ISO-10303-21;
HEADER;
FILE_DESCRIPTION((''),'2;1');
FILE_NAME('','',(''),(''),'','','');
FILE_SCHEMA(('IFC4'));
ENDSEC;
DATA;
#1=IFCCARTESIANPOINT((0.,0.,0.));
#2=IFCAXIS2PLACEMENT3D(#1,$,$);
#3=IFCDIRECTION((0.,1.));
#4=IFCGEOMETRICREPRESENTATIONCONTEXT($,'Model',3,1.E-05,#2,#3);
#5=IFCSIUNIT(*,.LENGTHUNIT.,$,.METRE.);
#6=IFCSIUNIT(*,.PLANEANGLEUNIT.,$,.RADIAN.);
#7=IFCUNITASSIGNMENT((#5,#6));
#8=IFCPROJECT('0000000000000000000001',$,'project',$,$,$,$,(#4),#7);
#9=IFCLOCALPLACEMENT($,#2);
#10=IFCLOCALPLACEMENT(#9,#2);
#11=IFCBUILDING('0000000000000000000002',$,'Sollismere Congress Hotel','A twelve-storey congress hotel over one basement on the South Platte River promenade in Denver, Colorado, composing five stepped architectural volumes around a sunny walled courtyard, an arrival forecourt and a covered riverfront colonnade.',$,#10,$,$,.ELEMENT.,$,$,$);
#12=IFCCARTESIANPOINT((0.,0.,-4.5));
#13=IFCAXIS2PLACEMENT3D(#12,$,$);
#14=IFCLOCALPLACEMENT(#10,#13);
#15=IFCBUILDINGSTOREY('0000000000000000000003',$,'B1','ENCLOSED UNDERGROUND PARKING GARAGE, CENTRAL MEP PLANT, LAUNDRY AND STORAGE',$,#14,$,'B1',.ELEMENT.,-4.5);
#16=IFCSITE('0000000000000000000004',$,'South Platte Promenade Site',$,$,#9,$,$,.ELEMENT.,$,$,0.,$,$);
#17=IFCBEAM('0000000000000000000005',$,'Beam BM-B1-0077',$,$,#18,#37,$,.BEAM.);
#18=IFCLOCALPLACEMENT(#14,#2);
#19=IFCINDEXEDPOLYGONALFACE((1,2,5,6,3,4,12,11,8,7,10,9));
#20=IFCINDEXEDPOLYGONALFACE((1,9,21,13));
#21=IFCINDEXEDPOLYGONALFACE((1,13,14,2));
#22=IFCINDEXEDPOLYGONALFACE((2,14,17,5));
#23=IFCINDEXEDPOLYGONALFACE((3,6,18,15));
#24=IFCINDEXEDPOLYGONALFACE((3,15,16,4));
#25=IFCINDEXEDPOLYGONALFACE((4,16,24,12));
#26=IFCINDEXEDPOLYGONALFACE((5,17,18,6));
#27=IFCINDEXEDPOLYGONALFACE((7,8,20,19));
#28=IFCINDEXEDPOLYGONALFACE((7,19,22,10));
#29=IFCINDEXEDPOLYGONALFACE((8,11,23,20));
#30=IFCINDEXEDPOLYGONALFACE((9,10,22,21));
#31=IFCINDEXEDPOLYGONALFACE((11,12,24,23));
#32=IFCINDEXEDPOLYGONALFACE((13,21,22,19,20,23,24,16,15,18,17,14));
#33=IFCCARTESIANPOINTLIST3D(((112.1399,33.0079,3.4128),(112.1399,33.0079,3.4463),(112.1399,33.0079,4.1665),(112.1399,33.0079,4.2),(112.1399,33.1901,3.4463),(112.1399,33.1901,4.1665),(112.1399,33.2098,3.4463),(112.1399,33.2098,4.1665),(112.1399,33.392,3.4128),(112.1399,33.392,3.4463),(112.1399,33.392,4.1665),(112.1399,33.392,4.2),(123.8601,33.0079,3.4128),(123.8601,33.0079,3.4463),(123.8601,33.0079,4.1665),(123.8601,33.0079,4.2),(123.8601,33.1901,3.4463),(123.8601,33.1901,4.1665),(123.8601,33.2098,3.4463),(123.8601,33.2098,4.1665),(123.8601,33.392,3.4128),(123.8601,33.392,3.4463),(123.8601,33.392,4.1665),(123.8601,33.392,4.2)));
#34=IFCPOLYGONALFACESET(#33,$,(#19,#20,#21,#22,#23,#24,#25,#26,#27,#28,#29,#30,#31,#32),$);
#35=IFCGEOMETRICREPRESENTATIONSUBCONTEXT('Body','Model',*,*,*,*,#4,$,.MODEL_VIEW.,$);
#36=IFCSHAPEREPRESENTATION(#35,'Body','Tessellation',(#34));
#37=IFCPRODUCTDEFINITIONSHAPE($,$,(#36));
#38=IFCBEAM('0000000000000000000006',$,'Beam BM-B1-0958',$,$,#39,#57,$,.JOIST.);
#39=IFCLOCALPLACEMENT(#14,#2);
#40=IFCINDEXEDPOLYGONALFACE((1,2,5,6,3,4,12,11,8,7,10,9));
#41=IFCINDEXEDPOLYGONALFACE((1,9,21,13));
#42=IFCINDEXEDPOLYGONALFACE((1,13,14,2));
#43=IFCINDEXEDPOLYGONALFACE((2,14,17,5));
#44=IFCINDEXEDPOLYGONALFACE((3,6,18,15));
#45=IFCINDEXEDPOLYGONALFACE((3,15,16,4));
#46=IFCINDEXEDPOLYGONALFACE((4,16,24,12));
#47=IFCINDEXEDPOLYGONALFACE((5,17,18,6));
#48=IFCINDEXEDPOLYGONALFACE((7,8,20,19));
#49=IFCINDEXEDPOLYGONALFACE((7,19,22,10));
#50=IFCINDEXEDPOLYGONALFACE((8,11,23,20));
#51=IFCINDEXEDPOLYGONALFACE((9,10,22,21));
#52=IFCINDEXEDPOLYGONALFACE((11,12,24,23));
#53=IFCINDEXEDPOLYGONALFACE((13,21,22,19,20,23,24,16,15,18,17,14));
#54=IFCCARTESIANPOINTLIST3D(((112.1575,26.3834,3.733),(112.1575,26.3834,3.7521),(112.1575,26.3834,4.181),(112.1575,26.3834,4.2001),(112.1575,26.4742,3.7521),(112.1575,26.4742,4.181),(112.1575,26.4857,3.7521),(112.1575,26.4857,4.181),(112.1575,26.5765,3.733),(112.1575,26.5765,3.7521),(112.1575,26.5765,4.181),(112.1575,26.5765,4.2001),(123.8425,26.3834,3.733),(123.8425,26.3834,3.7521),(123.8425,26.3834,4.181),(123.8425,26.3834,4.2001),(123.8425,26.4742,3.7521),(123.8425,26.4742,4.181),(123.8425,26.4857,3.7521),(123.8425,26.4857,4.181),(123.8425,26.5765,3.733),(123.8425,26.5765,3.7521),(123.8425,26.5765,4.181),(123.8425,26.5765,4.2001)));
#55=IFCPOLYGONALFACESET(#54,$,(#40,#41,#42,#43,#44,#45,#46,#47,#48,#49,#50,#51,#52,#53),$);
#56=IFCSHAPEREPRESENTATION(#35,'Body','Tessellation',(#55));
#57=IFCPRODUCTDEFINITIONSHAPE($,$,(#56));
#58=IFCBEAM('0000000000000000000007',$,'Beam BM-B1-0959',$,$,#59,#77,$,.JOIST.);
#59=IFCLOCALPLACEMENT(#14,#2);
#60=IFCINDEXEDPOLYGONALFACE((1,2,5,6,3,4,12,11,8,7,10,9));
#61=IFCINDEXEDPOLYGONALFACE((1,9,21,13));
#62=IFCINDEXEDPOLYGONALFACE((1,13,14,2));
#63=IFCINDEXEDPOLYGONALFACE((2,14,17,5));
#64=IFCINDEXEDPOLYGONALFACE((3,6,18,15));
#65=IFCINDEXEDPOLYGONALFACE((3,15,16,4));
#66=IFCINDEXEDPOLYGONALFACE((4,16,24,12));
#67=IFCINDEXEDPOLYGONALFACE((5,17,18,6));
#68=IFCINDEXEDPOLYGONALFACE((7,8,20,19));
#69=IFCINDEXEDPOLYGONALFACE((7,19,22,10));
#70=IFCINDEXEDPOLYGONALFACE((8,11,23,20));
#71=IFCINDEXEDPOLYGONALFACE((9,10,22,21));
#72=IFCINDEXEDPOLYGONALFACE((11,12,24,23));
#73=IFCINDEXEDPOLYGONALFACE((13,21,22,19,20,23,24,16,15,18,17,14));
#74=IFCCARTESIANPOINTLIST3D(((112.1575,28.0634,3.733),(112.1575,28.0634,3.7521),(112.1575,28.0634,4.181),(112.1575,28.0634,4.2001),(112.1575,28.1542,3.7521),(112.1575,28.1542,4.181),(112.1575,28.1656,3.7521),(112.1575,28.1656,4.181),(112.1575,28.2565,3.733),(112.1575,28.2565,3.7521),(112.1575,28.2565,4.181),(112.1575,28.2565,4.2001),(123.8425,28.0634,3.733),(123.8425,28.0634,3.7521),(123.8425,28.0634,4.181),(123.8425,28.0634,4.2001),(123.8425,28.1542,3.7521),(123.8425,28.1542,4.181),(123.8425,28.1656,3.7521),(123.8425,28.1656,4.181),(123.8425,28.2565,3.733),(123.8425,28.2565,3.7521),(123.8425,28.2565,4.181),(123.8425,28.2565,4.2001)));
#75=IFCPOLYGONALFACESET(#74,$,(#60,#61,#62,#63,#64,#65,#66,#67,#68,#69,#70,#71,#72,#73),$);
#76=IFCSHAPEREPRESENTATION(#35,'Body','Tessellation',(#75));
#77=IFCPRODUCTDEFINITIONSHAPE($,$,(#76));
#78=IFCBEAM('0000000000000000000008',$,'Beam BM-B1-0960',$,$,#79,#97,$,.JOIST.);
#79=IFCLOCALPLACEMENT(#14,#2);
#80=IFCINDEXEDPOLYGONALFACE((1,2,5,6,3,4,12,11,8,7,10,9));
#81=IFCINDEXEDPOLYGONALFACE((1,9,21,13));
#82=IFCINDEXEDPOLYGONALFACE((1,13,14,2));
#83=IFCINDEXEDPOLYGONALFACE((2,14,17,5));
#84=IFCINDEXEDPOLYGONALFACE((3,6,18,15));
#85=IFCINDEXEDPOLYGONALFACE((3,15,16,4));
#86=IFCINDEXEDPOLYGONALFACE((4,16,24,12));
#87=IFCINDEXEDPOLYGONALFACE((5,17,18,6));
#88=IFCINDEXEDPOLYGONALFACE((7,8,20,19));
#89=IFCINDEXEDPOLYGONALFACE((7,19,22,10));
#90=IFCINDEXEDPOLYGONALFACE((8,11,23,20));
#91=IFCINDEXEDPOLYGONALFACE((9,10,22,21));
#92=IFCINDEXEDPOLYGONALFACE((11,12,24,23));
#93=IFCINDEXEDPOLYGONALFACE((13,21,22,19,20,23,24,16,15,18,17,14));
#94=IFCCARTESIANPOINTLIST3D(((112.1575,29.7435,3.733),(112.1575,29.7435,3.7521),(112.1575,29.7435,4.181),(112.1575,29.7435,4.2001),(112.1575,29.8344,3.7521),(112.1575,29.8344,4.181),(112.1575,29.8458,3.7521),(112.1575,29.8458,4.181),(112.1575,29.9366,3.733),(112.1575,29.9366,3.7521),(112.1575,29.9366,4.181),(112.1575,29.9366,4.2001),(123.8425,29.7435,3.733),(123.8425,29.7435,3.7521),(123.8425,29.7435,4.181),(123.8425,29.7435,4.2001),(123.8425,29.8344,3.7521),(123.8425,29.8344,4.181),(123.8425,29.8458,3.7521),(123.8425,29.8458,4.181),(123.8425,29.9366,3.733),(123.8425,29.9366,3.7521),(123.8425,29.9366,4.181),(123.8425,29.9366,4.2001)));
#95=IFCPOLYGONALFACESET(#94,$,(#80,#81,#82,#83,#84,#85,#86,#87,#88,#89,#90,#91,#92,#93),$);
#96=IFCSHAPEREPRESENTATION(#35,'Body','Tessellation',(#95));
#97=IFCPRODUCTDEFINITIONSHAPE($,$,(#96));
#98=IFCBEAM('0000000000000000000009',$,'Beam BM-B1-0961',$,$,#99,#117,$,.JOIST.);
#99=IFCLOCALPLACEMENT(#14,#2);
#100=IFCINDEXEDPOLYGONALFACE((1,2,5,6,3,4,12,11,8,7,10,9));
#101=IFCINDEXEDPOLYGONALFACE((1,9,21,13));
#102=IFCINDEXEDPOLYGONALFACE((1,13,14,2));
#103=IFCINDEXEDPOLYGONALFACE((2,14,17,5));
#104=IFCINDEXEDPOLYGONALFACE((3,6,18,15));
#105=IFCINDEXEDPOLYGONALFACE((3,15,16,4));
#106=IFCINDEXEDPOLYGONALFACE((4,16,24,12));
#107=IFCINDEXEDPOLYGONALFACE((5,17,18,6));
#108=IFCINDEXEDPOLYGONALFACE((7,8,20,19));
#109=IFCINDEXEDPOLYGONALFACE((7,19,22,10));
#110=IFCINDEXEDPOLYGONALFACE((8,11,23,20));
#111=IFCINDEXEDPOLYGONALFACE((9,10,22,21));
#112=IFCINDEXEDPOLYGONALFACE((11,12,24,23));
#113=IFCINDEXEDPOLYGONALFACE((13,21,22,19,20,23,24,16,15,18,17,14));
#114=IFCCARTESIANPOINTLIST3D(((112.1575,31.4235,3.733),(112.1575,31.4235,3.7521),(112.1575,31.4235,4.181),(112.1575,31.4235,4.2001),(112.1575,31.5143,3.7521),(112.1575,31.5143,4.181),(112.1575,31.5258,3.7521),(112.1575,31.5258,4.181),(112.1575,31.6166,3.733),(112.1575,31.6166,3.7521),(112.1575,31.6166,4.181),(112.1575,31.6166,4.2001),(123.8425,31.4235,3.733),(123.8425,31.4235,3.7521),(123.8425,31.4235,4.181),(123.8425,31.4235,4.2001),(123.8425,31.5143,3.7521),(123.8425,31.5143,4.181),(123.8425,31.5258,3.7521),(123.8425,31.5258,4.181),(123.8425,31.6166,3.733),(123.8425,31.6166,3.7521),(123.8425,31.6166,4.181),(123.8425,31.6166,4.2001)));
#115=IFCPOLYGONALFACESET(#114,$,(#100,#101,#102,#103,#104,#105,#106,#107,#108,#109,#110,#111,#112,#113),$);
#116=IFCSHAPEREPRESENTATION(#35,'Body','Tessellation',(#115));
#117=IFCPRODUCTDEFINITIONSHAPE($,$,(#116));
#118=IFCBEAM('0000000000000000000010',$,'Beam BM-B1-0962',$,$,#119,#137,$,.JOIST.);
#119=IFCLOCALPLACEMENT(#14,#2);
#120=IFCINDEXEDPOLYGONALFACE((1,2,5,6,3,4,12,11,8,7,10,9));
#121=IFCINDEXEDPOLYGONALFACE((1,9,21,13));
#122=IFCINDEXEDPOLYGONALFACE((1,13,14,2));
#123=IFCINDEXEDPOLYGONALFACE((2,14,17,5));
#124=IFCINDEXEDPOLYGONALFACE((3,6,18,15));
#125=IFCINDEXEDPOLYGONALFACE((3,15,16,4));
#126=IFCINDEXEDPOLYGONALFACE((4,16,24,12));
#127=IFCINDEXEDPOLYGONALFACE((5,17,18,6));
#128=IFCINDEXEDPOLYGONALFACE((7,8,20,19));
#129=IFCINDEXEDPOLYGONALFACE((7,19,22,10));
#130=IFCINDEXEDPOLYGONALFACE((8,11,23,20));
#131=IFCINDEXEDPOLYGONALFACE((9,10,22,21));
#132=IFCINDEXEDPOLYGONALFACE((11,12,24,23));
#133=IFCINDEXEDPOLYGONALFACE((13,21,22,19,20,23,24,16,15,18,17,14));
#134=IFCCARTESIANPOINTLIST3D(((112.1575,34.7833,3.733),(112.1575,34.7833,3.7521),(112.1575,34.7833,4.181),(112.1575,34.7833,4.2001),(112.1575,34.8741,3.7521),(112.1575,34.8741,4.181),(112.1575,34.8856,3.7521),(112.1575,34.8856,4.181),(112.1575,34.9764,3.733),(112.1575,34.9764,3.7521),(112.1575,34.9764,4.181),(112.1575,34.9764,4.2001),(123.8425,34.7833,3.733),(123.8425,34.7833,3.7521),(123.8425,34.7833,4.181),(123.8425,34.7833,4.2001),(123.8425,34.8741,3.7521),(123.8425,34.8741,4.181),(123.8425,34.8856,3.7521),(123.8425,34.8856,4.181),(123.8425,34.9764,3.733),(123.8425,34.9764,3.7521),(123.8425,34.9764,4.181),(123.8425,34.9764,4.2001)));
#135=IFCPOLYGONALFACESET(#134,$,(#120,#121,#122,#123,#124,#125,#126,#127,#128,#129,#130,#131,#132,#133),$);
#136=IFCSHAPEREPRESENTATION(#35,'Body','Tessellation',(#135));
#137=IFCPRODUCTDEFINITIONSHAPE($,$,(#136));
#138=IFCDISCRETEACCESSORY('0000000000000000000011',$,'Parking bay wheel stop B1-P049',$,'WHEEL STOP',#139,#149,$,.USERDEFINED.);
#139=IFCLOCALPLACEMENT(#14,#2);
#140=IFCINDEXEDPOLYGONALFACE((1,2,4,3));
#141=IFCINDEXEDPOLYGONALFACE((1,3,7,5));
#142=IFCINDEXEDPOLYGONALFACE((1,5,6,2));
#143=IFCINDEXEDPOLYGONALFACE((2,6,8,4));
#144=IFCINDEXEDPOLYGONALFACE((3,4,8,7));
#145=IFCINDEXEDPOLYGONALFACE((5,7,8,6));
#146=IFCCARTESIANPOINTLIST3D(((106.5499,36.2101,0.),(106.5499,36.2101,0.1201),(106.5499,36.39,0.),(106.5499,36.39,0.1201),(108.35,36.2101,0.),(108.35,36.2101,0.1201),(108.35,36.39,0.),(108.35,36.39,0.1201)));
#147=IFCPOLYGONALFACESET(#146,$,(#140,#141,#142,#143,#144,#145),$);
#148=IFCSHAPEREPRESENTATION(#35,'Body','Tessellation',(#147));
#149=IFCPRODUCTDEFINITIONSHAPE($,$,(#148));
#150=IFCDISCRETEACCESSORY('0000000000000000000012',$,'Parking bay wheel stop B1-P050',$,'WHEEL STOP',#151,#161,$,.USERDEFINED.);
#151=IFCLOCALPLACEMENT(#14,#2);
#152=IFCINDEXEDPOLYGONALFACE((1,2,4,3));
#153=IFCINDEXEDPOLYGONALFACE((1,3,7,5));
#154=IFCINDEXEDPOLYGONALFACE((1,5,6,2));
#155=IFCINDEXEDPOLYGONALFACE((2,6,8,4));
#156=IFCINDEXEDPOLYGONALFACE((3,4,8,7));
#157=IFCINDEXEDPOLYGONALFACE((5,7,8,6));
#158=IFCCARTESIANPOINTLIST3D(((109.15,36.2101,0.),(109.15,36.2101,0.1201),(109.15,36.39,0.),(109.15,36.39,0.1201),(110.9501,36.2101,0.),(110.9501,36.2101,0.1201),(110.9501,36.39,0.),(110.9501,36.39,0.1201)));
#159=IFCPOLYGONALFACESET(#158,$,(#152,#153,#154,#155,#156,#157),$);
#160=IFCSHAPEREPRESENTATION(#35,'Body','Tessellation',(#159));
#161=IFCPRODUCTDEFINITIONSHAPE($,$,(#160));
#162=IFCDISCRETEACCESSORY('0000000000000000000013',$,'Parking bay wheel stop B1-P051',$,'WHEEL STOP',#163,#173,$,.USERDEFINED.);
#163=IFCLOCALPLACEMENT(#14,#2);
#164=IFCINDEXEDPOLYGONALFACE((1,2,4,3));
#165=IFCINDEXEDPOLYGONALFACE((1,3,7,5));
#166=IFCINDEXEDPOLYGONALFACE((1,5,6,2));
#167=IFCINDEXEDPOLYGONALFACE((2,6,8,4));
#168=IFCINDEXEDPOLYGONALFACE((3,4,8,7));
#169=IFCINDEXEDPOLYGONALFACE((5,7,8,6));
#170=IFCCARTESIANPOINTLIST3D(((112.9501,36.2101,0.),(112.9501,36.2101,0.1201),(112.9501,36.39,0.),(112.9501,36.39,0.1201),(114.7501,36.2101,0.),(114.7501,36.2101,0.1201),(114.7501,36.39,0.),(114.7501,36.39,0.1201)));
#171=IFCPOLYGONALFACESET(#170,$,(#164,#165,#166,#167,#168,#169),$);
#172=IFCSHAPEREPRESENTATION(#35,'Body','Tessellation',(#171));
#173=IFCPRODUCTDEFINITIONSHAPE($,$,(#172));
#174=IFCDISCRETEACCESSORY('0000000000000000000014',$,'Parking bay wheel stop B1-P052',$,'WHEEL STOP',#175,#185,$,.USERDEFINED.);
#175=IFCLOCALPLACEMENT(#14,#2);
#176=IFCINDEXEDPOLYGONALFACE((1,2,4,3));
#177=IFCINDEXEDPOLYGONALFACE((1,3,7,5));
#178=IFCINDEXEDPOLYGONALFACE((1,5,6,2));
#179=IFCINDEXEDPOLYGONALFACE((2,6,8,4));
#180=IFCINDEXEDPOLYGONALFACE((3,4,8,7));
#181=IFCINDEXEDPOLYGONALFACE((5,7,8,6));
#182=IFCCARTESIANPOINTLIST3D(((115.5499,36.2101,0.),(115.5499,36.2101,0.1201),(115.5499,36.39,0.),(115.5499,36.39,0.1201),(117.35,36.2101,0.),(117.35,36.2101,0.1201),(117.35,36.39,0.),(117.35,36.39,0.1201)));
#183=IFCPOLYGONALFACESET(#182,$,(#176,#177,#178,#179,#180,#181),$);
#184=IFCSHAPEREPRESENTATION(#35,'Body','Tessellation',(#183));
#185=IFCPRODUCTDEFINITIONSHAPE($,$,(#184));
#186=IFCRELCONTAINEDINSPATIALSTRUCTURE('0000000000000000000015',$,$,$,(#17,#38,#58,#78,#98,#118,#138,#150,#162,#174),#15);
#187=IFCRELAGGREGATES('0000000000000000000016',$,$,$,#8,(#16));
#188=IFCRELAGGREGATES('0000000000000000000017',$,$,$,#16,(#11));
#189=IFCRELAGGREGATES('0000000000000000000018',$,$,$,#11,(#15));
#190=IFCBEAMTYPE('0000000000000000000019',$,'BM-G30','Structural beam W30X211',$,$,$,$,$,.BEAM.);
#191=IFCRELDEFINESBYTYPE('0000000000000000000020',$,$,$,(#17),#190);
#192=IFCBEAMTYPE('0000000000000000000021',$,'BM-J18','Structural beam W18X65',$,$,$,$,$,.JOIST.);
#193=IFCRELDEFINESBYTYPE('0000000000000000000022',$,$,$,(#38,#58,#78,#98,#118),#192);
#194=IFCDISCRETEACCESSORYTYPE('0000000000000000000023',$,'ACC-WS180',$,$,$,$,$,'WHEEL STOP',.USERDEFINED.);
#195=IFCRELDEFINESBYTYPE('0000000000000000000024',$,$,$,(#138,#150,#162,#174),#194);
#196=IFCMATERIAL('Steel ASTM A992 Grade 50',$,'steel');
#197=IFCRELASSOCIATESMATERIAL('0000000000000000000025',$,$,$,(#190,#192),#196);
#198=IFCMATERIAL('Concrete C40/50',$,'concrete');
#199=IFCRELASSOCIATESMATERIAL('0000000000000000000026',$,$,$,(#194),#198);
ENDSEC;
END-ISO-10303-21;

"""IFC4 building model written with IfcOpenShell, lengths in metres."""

from ifc_helpers import new_model, si_unit, direction, frame, origin, origin_2d, place, context, subcontext, project, spatial, rectangle, i_section, extrude, material, material_profile, profile_set, type_object, element, save


model = new_model("IFC4")

# Units and contexts
model_context = context("Model", 3, precision=1e-05, world=origin(), true_north=direction((0.0, 1.0)))
body_context = subcontext(model_context, "Body", "Model", "MODEL_VIEW")
ifc_project = project(units=[si_unit("LENGTHUNIT", "METRE"), si_unit("PLANEANGLEUNIT", "RADIAN")], contexts=[model_context])

# Site, building, storey
site_placement = place(None, origin())
site = spatial("IfcSite", under=ifc_project, at=site_placement, Name="South Platte Promenade Site", CompositionType="ELEMENT", RefElevation=0.0)
building_placement = place(site_placement, origin())
building = spatial("IfcBuilding", under=site, at=building_placement, Name="Sollismere Congress Hotel", Description="A twelve-storey congress hotel over one basement on the South Platte River promenade in Denver, Colorado, composing five stepped architectural volumes around a sunny walled courtyard, an arrival forecourt and a covered riverfront colonnade.", CompositionType="ELEMENT")
storey_placement = place(building_placement, frame((0.0, 0.0, -4.5)))
storey = spatial("IfcBuildingStorey", under=building, at=storey_placement, Name="B1", Description="ENCLOSED UNDERGROUND PARKING GARAGE, CENTRAL MEP PLANT, LAUNDRY AND STORAGE", LongName="B1", CompositionType="ELEMENT", Elevation=-4.5)

# Shared definitions
ifc_material_1 = material(Name="Concrete C40/50", Category="concrete")

# Beams
ifc_material_2 = material(Name="Steel ASTM A992 Grade 50", Category="steel")
ifc_material_profile_1 = material_profile(ifc_material_2, i_section(OverallWidth=0.384, OverallDepth=0.7871, WebThickness=0.0198, FlangeThickness=0.0334, at=origin_2d()), Name="W30X211")
ifc_profile_set_1 = profile_set([ifc_material_profile_1], Name="Steel ASTM A992 Grade 50")
beam_type_1 = type_object("IfcBeamType", Name="BM-G30", Description="Structural beam W30X211", PredefinedType="BEAM", material=ifc_profile_set_1)
for number, where, z_axis, x_axis, name in (
    (1, (112.1399, 33.2, 3.8064), (1.0, 0.0, 0.0), (0.0, 1.0, 0.0), "Beam BM-B1-0077"),
):
    element("IfcBeam", number, at=place(storey_placement, frame(where, z_axis=z_axis, x_axis=x_axis)), inside=storey, type_object=beam_type_1, Name=name, PredefinedType="BEAM", context=body_context, shape_type="SweptSolid", body=[
        extrude(i_section(OverallWidth=0.384, OverallDepth=0.7871, WebThickness=0.0198, FlangeThickness=0.0334, at=origin_2d()), origin(), (0.0, 0.0, 1.0), 11.7202),
    ])
ifc_material_profile_2 = material_profile(ifc_material_2, i_section(OverallWidth=0.1931, OverallDepth=0.467, WebThickness=0.0115, FlangeThickness=0.019, at=origin_2d()), Name="W18X65")
ifc_profile_set_2 = profile_set([ifc_material_profile_2], Name="Steel ASTM A992 Grade 50")
beam_type_2 = type_object("IfcBeamType", Name="BM-J18", Description="Structural beam W18X65", PredefinedType="JOIST", material=ifc_profile_set_2)
for number, where, z_axis, x_axis, name in (
    (2, (112.1575, 26.48, 3.9666), (1.0, 0.0, 0.0), (0.0, 1.0, 0.0), "Beam BM-B1-0958"),
    (3, (112.1575, 28.1599, 3.9666), (1.0, 0.0, 0.0), (0.0, 1.0, 0.0), "Beam BM-B1-0959"),
    (4, (112.1575, 29.8401, 3.9666), (1.0, 0.0, 0.0), (0.0, 1.0, 0.0), "Beam BM-B1-0960"),
    (5, (112.1575, 31.52, 3.9666), (1.0, 0.0, 0.0), (0.0, 1.0, 0.0), "Beam BM-B1-0961"),
    (6, (112.1575, 34.8799, 3.9666), (1.0, 0.0, 0.0), (0.0, 1.0, 0.0), "Beam BM-B1-0962"),
):
    element("IfcBeam", number, at=place(storey_placement, frame(where, z_axis=z_axis, x_axis=x_axis)), inside=storey, type_object=beam_type_2, Name=name, PredefinedType="JOIST", context=body_context, shape_type="SweptSolid", body=[
        extrude(i_section(OverallWidth=0.1931, OverallDepth=0.467, WebThickness=0.0115, FlangeThickness=0.019, at=origin_2d()), origin(), (0.0, 0.0, 1.0), 11.6851),
    ])

# Discrete accessories
discrete_accessory_type = type_object("IfcDiscreteAccessoryType", Name="ACC-WS180", ElementType="WHEEL STOP", PredefinedType="USERDEFINED", material=ifc_material_1)
for number, where, z_axis, x_axis, name in (
    (7, (107.45, 36.3, 0.0), (0.0, 0.0, 1.0), (1.0, 0.0, 0.0), "Parking bay wheel stop B1-P049"),
    (8, (110.05, 36.3, 0.0), (0.0, 0.0, 1.0), (1.0, 0.0, 0.0), "Parking bay wheel stop B1-P050"),
    (9, (113.8501, 36.3, 0.0), (0.0, 0.0, 1.0), (1.0, 0.0, 0.0), "Parking bay wheel stop B1-P051"),
    (10, (116.45, 36.3, 0.0), (0.0, 0.0, 1.0), (1.0, 0.0, 0.0), "Parking bay wheel stop B1-P052"),
):
    element("IfcDiscreteAccessory", number, at=place(storey_placement, frame(where, z_axis=z_axis, x_axis=x_axis)), inside=storey, type_object=discrete_accessory_type, Name=name, ObjectType="WHEEL STOP", PredefinedType="USERDEFINED", context=body_context, shape_type="SweptSolid", body=[
        extrude(rectangle(XDim=1.8, YDim=0.1799, at=origin_2d()), origin(), (0.0, 0.0, 1.0), 0.1201),
    ])

save(model, "model.ifc")
